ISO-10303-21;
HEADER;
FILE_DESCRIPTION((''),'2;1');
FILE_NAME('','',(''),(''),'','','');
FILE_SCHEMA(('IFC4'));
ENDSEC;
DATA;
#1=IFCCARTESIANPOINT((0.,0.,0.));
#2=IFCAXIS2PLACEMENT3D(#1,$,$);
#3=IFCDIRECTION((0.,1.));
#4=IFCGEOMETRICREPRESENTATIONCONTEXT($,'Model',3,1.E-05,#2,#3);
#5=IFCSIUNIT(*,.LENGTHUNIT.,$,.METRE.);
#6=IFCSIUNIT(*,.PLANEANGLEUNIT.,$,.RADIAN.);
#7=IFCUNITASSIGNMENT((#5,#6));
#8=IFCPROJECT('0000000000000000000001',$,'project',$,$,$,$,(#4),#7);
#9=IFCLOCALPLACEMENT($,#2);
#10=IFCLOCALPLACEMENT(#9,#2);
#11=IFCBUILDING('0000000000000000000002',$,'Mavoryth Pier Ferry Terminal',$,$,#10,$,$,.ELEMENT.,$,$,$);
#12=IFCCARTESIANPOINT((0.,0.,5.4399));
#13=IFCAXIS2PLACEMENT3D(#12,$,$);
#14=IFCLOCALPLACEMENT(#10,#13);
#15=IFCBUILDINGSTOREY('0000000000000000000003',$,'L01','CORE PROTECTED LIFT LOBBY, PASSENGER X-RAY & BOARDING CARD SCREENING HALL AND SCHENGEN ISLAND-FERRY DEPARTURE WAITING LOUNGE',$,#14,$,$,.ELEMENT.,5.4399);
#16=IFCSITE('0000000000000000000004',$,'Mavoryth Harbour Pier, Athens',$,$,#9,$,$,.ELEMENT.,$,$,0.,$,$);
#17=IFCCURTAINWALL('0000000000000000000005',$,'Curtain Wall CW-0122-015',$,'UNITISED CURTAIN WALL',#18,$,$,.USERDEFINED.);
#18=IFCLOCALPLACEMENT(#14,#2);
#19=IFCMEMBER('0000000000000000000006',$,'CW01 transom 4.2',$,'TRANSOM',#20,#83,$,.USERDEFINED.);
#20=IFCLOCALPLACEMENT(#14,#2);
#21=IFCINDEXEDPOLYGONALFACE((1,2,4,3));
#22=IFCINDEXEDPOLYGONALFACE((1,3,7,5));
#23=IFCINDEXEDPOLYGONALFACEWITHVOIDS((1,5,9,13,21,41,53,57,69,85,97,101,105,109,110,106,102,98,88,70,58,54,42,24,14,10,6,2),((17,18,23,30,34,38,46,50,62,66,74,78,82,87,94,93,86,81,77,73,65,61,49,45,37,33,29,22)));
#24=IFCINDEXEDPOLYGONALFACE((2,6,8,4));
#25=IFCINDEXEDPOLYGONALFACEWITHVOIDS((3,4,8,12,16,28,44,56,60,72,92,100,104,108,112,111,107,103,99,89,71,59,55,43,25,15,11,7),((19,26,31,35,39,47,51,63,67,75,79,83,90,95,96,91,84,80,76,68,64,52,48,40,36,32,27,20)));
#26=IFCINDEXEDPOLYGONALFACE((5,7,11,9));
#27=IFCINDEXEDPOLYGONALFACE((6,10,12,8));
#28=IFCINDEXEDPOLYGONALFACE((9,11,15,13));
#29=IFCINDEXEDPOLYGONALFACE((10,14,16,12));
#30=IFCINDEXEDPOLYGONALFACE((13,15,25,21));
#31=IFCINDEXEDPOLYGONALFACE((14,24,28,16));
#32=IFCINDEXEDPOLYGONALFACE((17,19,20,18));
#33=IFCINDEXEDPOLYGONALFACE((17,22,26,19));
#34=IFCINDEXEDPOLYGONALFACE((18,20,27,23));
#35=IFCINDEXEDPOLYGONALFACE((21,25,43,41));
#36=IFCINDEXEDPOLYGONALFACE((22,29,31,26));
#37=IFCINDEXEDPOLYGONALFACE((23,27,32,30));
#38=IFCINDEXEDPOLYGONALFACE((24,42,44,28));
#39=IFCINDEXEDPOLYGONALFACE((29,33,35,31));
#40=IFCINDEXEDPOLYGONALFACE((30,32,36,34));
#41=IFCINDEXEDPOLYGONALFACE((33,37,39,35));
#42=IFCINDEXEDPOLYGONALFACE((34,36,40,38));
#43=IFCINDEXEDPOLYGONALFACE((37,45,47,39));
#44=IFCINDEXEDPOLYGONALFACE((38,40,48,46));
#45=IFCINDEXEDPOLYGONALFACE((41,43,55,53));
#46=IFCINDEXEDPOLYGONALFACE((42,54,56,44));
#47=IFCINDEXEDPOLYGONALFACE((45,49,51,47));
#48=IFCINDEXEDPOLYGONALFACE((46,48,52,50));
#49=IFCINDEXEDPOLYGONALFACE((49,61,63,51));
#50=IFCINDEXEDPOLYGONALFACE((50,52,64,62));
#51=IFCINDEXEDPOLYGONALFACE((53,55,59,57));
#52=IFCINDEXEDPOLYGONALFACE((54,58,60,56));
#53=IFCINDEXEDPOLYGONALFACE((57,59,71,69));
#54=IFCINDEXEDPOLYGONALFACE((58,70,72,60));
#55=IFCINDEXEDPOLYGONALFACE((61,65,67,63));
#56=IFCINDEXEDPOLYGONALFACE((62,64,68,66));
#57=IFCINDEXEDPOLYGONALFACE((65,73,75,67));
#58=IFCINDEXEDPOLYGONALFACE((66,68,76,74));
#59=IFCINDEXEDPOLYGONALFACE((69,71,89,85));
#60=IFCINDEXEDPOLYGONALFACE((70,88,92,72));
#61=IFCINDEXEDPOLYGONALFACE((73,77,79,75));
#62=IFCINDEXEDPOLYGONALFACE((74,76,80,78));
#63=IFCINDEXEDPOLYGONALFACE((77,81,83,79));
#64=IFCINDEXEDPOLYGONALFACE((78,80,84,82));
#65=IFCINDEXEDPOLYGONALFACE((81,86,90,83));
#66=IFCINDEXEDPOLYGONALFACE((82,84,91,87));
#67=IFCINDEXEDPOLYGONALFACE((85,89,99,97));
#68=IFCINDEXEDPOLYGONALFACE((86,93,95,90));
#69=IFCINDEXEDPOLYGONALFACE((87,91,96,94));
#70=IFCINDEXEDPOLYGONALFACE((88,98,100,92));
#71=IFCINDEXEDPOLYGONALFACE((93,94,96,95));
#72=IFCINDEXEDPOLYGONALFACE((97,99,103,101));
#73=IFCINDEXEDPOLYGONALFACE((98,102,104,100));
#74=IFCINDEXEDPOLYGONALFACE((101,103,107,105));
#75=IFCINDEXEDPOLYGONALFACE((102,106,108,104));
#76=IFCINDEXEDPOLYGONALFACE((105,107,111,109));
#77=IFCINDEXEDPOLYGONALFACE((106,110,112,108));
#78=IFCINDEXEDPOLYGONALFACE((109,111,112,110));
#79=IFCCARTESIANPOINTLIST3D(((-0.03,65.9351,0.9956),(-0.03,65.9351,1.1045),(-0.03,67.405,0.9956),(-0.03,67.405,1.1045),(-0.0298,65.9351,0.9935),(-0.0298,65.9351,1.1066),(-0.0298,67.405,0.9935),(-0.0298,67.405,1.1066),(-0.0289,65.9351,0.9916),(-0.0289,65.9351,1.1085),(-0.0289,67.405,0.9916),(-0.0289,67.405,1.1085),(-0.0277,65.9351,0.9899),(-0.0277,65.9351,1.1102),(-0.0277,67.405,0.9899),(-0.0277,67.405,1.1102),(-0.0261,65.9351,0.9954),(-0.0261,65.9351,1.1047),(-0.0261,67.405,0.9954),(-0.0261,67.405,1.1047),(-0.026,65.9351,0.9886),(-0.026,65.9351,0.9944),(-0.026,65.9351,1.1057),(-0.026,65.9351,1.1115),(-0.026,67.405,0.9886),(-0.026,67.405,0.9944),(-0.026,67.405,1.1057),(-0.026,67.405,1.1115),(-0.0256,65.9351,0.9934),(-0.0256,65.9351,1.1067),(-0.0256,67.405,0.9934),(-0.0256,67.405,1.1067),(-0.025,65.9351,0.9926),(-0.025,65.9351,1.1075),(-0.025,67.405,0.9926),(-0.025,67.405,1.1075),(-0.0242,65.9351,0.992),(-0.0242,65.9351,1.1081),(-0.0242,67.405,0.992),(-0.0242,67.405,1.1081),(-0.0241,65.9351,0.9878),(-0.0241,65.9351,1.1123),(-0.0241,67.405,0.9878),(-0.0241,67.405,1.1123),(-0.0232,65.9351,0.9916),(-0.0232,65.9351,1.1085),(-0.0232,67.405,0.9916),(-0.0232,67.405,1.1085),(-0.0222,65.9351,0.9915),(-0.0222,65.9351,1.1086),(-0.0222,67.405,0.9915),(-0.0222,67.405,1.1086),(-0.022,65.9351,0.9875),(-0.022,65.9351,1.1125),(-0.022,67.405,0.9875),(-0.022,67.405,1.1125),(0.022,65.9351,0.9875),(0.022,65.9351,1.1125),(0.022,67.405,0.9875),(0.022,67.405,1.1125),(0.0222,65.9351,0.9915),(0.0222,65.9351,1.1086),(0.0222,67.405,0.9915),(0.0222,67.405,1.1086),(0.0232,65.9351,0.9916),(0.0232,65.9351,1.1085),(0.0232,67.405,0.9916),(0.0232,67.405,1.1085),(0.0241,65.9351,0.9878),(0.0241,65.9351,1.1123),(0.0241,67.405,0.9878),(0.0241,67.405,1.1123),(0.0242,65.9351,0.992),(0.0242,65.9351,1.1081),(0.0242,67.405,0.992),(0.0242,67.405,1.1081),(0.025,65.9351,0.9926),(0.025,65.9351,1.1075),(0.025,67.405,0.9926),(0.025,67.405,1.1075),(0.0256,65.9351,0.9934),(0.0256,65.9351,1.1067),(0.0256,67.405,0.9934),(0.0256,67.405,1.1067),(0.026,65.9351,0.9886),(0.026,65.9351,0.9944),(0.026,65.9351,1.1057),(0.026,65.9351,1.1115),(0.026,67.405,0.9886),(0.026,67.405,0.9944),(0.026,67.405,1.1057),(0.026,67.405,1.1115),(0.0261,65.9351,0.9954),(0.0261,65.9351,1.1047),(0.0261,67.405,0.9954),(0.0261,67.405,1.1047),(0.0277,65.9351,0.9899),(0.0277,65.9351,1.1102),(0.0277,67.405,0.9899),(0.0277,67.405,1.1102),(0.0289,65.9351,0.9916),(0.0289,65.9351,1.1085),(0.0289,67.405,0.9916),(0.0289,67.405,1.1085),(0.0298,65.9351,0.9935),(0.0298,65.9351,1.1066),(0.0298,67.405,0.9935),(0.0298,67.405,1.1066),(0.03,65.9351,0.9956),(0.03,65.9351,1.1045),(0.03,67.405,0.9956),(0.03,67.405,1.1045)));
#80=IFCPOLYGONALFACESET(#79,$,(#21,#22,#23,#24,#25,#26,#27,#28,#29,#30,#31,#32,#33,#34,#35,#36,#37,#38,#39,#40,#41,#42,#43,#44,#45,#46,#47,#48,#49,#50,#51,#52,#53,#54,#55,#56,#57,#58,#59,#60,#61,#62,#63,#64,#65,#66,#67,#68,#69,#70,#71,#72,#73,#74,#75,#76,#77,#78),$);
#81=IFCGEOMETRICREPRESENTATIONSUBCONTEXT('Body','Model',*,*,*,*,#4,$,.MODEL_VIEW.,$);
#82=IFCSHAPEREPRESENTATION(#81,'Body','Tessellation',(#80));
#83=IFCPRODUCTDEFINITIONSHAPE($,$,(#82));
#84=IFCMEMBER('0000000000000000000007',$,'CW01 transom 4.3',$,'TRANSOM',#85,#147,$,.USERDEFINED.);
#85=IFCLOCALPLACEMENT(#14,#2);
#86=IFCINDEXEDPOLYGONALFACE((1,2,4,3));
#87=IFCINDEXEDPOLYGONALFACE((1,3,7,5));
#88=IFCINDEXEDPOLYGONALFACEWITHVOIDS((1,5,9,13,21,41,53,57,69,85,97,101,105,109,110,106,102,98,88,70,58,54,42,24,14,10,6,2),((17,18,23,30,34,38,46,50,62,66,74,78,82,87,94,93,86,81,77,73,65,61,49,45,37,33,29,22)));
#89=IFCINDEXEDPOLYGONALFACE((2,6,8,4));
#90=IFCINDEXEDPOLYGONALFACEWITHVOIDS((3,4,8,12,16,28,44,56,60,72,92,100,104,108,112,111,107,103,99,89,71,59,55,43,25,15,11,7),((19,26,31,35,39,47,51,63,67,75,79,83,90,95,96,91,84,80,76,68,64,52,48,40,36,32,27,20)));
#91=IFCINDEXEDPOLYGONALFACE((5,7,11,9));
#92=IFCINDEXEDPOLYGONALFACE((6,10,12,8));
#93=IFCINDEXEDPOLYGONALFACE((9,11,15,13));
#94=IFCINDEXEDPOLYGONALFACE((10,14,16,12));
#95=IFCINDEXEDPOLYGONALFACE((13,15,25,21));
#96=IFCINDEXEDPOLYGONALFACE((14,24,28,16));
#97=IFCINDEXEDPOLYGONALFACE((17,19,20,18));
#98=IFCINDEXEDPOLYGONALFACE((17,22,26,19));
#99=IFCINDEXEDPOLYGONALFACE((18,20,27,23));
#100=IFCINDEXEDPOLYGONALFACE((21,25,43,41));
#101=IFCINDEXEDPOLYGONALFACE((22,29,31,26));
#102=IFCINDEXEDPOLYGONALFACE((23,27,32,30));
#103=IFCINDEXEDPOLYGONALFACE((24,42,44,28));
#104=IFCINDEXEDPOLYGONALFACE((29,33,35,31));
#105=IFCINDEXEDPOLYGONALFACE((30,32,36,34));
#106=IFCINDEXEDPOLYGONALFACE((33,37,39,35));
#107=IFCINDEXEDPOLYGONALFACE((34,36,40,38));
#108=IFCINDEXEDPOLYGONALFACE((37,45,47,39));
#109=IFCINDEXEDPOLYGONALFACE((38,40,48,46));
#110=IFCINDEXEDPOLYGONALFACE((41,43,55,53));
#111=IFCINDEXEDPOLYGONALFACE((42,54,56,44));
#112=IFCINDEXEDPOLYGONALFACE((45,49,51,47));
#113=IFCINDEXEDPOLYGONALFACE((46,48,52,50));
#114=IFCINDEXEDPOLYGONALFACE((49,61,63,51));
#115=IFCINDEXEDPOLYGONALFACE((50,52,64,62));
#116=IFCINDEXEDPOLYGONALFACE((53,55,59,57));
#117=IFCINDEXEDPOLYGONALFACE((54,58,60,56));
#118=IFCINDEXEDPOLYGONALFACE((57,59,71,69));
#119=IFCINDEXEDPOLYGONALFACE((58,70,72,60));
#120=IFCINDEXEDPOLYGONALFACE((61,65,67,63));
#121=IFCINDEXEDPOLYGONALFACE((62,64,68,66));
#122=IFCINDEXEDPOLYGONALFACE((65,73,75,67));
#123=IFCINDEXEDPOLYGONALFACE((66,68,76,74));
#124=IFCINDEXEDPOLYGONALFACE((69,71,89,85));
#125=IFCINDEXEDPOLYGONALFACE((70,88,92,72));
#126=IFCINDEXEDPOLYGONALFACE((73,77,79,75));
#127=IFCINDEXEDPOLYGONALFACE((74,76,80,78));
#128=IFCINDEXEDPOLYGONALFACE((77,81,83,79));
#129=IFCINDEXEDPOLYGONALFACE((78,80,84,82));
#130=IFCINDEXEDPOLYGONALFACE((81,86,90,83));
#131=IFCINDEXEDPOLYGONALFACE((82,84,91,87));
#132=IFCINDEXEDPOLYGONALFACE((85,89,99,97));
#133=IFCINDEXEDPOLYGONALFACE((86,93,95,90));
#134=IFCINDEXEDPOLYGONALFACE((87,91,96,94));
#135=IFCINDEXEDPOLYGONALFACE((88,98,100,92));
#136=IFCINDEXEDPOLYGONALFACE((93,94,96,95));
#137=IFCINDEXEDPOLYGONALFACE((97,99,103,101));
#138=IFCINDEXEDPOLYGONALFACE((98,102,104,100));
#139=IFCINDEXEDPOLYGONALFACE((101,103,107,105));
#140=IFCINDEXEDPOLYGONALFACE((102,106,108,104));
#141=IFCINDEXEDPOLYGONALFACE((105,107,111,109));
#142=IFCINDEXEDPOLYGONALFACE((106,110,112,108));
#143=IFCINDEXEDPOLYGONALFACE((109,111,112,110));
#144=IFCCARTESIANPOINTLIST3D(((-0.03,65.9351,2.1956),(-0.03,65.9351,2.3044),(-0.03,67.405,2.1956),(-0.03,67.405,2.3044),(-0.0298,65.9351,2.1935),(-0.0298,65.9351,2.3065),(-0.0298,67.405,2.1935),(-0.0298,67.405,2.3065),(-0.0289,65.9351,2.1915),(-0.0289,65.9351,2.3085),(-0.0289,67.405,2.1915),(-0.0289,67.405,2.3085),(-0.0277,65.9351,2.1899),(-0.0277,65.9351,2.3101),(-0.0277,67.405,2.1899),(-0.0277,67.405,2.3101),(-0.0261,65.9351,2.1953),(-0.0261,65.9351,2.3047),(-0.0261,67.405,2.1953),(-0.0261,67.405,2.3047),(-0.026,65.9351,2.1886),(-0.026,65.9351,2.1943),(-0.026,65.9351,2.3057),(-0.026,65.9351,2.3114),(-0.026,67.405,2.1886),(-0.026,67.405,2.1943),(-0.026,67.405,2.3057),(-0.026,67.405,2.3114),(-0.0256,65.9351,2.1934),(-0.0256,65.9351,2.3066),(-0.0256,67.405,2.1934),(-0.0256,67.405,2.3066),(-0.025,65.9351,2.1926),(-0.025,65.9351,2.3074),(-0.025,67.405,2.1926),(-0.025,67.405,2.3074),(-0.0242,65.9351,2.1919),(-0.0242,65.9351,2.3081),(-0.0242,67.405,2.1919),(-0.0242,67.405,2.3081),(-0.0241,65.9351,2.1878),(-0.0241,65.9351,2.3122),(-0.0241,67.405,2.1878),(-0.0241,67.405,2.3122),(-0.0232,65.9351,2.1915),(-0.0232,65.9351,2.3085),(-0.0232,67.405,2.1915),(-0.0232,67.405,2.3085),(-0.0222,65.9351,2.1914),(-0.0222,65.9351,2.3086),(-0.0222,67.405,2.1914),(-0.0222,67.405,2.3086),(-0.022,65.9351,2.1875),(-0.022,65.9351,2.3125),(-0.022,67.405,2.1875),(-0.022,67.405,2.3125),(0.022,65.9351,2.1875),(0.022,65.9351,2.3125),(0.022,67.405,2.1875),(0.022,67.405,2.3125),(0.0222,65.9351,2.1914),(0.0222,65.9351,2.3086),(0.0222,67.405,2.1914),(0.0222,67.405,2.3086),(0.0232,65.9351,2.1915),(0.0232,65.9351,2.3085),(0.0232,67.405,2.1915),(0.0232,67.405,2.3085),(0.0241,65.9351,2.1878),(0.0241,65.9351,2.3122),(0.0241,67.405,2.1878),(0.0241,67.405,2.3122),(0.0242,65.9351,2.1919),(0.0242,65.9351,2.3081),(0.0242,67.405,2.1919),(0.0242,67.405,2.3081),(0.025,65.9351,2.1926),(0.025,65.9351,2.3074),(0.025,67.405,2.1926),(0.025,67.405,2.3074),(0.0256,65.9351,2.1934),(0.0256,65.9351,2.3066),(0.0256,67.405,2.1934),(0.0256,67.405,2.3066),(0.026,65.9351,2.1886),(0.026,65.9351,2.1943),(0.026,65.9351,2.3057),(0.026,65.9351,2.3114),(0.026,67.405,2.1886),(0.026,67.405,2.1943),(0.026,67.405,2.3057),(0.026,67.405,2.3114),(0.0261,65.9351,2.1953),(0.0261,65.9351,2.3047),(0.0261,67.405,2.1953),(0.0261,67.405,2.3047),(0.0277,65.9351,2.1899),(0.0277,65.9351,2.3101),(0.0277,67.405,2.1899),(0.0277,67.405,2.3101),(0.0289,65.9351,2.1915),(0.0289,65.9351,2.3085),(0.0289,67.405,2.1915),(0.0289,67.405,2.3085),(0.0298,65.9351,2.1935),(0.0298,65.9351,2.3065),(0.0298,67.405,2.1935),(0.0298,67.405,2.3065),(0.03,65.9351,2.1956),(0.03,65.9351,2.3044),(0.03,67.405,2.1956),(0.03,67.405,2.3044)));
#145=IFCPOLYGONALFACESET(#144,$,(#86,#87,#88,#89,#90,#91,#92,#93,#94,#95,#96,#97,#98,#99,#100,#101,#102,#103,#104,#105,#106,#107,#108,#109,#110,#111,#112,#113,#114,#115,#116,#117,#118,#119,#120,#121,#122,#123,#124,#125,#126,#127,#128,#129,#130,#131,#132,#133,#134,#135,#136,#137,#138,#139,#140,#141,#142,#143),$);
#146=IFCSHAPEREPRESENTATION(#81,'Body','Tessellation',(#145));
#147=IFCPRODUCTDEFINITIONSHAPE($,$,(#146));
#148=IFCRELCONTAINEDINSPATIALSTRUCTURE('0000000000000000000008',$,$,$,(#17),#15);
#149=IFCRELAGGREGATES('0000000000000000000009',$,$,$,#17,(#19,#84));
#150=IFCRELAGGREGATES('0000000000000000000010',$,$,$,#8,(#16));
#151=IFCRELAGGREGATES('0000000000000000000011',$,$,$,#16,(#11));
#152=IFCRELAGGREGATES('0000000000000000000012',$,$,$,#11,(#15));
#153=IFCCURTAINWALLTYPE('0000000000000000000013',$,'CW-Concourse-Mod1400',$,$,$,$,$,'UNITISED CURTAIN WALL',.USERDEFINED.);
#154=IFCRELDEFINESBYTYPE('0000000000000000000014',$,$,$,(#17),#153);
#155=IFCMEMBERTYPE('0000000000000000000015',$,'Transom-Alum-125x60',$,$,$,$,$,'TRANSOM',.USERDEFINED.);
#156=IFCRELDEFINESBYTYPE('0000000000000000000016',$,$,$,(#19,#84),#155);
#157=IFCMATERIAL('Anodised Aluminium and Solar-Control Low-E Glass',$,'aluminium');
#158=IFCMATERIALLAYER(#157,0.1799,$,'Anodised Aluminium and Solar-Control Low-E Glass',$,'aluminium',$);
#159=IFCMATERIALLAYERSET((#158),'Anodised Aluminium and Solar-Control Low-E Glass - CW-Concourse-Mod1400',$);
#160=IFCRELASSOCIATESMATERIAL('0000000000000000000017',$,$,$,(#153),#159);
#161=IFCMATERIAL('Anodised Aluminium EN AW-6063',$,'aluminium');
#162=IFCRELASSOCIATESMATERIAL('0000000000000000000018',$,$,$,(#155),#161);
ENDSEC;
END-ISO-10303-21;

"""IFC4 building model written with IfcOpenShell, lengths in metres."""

from ifc_helpers import new_model, si_unit, direction, frame, origin, origin_2d, place, context, subcontext, project, spatial, hollow_rectangle, extrude, material, layer, layer_set, material_profile, profile_set, type_object, element, aggregate, save


model = new_model("IFC4")

# Units and contexts
model_context = context("Model", 3, precision=1e-05, world=origin(), true_north=direction((0.0, 1.0)))
body_context = subcontext(model_context, "Body", "Model", "MODEL_VIEW")
ifc_project = project(units=[si_unit("LENGTHUNIT", "METRE"), si_unit("PLANEANGLEUNIT", "RADIAN")], contexts=[model_context])

# Site, building, storey
site_placement = place(None, origin())
site = spatial("IfcSite", under=ifc_project, at=site_placement, Name="Mavoryth Harbour Pier, Athens", CompositionType="ELEMENT", RefElevation=0.0)
building_placement = place(site_placement, origin())
building = spatial("IfcBuilding", under=site, at=building_placement, Name="Mavoryth Pier Ferry Terminal", CompositionType="ELEMENT")
storey_placement = place(building_placement, frame((0.0, 0.0, 5.4399)))
storey = spatial("IfcBuildingStorey", under=building, at=storey_placement, Name="L01", Description="CORE PROTECTED LIFT LOBBY, PASSENGER X-RAY & BOARDING CARD SCREENING HALL AND SCHENGEN ISLAND-FERRY DEPARTURE WAITING LOUNGE", CompositionType="ELEMENT", Elevation=5.4399)

# Curtain wall
ifc_material_1 = material(Name="Anodised Aluminium and Solar-Control Low-E Glass", Category="aluminium")
ifc_layer_1 = layer(ifc_material_1, 0.1799, Name="Anodised Aluminium and Solar-Control Low-E Glass", Category="aluminium")
ifc_layer_set_1 = layer_set([ifc_layer_1], Name="Anodised Aluminium and Solar-Control Low-E Glass - CW-Concourse-Mod1400")
curtain_wall_type = type_object("IfcCurtainWallType", Name="CW-Concourse-Mod1400", ElementType="UNITISED CURTAIN WALL", PredefinedType="USERDEFINED", material=ifc_layer_set_1)
curtain_wall_1_placement = place(storey_placement, origin())
curtain_wall_1 = element("IfcCurtainWall", 1, at=curtain_wall_1_placement, inside=storey, type_object=curtain_wall_type, Name="Curtain Wall CW-0122-015", ObjectType="UNITISED CURTAIN WALL", PredefinedType="USERDEFINED")
ifc_material_2 = material(Name="Anodised Aluminium EN AW-6063", Category="aluminium")

# Members
ifc_material_profile_1 = material_profile(ifc_material_2, hollow_rectangle(XDim=0.0601, YDim=0.125, WallThickness=0.0039, InnerFilletRadius=0.0039, OuterFilletRadius=0.0081, at=origin_2d()), Name="AL-TRAN 125x60x4", Category="aluminium")
ifc_profile_set_1 = profile_set([ifc_material_profile_1], Name="Anodised Aluminium EN AW-6063 - AL-TRAN 125x60x4")
member_type_1 = type_object("IfcMemberType", Name="Transom-Alum-125x60", ElementType="TRANSOM", PredefinedType="USERDEFINED", material=ifc_profile_set_1)
member_1_placement = place(storey_placement, frame((0.0, 67.405, 1.05), z_axis=(0.0, -1.0, 0.0), x_axis=(1.0, 0.0, 0.0)))
member_1 = element("IfcMember", 2, at=member_1_placement, type_object=member_type_1, Name="CW01 transom 4.2", ObjectType="TRANSOM", PredefinedType="USERDEFINED", context=body_context, shape_type="SweptSolid", body=[
    extrude(hollow_rectangle(XDim=0.0601, YDim=0.125, WallThickness=0.0039, InnerFilletRadius=0.0039, OuterFilletRadius=0.0081, at=origin_2d()), origin(), (0.0, 0.0, 1.0), 1.47),
])
member_2_placement = place(storey_placement, frame((0.0, 67.405, 2.25), z_axis=(0.0, -1.0, 0.0), x_axis=(1.0, 0.0, 0.0)))
member_2 = element("IfcMember", 3, at=member_2_placement, type_object=member_type_1, Name="CW01 transom 4.3", ObjectType="TRANSOM", PredefinedType="USERDEFINED", context=body_context, shape_type="SweptSolid", body=[
    extrude(hollow_rectangle(XDim=0.0601, YDim=0.125, WallThickness=0.0039, InnerFilletRadius=0.0039, OuterFilletRadius=0.0081, at=origin_2d()), origin(), (0.0, 0.0, 1.0), 1.47),
])

aggregate(curtain_wall_1, [member_1, member_2])

save(model, "model.ifc")
